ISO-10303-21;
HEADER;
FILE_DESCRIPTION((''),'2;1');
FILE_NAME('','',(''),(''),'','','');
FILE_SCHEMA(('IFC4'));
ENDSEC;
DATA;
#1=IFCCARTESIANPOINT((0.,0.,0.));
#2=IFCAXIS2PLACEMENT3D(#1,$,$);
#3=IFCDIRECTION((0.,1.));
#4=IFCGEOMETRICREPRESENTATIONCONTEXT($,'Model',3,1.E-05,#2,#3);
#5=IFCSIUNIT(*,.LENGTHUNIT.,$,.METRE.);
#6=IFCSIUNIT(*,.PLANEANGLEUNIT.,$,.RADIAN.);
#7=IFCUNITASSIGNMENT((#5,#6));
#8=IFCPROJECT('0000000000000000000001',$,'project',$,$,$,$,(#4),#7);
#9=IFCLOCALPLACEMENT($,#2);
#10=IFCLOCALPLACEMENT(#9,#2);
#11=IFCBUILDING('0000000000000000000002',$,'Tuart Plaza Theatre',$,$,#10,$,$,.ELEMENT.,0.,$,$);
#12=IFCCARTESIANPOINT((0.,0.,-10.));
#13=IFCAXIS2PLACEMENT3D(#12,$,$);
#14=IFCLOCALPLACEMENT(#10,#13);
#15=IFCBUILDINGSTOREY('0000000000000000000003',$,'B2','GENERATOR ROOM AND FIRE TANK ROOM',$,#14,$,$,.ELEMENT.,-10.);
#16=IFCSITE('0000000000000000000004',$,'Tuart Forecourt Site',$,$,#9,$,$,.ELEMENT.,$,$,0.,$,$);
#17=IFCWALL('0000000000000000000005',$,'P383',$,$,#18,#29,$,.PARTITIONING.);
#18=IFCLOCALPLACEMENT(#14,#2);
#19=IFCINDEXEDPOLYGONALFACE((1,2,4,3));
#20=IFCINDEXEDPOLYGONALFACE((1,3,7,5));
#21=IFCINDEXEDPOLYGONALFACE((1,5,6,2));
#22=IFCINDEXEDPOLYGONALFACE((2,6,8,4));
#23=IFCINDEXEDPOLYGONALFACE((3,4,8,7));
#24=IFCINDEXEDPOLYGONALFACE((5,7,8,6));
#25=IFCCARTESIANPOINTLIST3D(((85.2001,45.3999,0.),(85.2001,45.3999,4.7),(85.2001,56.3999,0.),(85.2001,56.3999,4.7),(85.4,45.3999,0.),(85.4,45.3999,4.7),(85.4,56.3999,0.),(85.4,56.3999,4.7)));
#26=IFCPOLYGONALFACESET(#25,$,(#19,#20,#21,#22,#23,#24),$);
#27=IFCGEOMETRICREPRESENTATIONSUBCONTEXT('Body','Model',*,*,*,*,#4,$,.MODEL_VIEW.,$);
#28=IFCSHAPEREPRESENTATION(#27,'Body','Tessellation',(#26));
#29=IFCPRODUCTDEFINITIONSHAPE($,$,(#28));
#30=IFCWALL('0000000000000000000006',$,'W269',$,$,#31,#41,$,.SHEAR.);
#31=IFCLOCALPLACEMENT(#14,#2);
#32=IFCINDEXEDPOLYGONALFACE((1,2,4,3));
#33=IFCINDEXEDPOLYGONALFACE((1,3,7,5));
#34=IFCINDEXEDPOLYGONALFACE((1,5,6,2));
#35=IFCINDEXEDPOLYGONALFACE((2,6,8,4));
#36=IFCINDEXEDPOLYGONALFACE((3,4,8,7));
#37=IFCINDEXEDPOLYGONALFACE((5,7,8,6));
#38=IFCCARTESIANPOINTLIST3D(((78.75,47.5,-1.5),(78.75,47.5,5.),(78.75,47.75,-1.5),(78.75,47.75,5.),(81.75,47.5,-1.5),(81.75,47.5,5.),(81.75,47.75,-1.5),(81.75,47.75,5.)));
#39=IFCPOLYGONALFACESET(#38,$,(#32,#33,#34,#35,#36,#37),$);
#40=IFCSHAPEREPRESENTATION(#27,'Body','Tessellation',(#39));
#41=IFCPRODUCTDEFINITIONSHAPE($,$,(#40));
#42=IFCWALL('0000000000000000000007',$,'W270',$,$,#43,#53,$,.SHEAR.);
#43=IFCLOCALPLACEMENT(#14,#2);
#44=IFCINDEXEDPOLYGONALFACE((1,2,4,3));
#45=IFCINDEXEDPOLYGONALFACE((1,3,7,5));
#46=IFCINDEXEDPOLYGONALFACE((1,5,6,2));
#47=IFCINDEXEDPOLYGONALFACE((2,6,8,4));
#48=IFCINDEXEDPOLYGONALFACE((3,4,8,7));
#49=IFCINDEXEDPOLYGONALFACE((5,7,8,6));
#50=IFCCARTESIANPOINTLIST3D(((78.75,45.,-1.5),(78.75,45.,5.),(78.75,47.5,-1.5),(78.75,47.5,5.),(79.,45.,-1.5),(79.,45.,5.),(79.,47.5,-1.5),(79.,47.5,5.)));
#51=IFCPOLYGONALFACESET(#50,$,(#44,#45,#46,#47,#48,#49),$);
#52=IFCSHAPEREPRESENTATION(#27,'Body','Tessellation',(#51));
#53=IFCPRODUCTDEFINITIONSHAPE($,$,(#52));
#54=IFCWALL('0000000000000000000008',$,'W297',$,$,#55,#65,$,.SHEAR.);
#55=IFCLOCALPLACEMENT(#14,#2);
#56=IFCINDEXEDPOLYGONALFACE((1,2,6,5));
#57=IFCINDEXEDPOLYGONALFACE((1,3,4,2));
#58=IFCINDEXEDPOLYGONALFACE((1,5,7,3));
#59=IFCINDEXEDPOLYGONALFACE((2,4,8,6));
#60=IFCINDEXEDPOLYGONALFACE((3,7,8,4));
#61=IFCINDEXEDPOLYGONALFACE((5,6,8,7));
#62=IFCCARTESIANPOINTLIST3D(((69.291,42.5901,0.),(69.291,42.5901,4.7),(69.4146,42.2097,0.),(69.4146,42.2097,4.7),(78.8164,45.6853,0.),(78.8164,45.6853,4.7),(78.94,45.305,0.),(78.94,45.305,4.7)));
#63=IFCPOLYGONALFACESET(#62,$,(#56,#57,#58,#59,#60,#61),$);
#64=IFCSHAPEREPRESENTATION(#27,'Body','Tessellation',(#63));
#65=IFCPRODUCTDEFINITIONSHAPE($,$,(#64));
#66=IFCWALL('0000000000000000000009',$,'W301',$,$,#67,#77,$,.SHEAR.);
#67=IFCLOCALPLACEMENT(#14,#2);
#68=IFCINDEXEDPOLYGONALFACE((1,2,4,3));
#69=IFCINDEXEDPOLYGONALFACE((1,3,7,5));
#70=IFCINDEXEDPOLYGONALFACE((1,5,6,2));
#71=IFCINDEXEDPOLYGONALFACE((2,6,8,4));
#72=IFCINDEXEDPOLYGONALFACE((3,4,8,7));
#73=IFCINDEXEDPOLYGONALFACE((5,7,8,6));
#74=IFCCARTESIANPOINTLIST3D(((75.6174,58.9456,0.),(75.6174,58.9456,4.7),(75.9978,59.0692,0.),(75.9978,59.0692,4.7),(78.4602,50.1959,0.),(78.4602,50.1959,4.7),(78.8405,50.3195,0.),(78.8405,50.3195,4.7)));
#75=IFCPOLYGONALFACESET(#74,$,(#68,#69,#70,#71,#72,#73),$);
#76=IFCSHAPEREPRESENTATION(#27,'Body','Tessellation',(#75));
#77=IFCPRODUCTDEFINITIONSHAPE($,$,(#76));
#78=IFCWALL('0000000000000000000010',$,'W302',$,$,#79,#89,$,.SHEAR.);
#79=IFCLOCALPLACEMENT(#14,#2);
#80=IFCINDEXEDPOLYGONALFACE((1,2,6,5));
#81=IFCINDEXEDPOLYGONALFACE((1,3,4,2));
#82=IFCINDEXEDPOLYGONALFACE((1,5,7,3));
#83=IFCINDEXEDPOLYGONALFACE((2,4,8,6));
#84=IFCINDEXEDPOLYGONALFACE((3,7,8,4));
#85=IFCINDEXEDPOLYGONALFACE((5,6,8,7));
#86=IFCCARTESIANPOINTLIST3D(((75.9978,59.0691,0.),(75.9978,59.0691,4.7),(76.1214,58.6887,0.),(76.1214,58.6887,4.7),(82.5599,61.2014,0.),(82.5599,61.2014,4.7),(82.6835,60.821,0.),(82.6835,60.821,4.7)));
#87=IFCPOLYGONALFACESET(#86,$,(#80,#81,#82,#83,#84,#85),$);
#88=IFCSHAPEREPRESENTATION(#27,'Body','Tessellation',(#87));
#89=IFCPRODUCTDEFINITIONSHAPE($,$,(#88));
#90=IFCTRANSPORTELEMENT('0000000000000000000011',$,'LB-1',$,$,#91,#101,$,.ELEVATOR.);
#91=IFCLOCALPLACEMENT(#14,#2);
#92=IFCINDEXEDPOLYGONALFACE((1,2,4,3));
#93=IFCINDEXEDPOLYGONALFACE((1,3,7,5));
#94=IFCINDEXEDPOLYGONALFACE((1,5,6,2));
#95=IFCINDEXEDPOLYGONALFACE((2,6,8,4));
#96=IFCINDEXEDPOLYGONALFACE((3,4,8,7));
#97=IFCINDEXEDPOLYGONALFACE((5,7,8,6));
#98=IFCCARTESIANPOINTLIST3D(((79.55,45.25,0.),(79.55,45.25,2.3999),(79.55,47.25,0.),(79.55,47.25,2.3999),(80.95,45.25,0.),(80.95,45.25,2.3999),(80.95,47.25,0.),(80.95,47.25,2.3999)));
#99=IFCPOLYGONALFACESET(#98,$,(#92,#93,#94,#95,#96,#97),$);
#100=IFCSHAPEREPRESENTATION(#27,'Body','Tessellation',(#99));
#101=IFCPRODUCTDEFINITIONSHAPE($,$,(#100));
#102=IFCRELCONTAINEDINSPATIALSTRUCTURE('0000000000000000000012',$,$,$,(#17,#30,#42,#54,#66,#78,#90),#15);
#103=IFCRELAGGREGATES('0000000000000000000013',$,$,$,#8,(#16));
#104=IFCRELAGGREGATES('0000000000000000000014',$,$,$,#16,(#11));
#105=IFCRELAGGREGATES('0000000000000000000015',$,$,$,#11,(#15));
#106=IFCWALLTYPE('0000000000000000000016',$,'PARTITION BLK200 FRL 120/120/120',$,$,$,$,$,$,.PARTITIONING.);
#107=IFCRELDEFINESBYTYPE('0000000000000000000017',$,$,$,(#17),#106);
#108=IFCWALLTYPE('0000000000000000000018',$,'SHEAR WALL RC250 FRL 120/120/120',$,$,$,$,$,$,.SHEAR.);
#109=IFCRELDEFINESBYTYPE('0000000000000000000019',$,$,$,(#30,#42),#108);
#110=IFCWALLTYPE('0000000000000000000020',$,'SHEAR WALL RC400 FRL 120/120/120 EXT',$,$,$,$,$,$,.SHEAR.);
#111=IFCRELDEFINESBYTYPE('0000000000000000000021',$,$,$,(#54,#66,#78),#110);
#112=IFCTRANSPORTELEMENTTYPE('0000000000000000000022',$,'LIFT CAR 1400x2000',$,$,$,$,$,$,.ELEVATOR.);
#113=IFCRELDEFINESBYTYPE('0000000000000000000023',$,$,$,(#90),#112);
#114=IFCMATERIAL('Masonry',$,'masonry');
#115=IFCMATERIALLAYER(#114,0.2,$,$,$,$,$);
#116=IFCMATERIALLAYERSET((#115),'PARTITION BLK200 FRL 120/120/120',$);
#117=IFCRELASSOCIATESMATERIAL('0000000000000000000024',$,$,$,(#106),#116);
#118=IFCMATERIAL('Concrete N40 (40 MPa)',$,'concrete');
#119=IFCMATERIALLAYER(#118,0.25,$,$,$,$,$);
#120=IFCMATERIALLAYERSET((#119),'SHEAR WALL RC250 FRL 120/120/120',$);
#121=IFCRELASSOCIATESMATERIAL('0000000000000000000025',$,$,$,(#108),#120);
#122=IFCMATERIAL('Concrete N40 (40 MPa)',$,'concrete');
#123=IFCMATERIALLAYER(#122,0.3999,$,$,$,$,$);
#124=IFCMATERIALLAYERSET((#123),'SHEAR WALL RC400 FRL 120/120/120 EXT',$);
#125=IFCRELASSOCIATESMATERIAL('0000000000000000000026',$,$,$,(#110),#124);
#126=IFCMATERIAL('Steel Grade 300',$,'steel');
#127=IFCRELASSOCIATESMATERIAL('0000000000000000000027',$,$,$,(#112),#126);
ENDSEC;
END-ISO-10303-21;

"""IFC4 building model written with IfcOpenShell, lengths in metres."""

from ifc_helpers import new_model, si_unit, direction, frame, frame_2d, origin, origin_2d, place, context, subcontext, project, spatial, rectangle, extrude, material, layer, layer_set, type_object, element, save


model = new_model("IFC4")

# Units and contexts
model_context = context("Model", 3, precision=1e-05, world=origin(), true_north=direction((0.0, 1.0)))
body_context = subcontext(model_context, "Body", "Model", "MODEL_VIEW")
ifc_project = project(units=[si_unit("LENGTHUNIT", "METRE"), si_unit("PLANEANGLEUNIT", "RADIAN")], contexts=[model_context])

# Site, building, storey
site_placement = place(None, origin())
site = spatial("IfcSite", under=ifc_project, at=site_placement, Name="Tuart Forecourt Site", CompositionType="ELEMENT", RefElevation=0.0)
building_placement = place(site_placement, origin())
building = spatial("IfcBuilding", under=site, at=building_placement, Name="Tuart Plaza Theatre", CompositionType="ELEMENT", ElevationOfRefHeight=0.0)
storey_placement = place(building_placement, frame((0.0, 0.0, -10.0)))
storey = spatial("IfcBuildingStorey", under=building, at=storey_placement, Name="B2", Description="GENERATOR ROOM AND FIRE TANK ROOM", CompositionType="ELEMENT", Elevation=-10.0)

# Walls
ifc_material_1 = material(Name="Masonry", Category="masonry")
ifc_layer_1 = layer(ifc_material_1, 0.2)
ifc_layer_set_1 = layer_set([ifc_layer_1], Name="PARTITION BLK200 FRL 120/120/120")
wall_type_1 = type_object("IfcWallType", Name="PARTITION BLK200 FRL 120/120/120", PredefinedType="PARTITIONING", material=ifc_layer_set_1)
wall_1_placement = place(storey_placement, frame((85.3, 56.3999, 0.0), z_axis=(0.0, 0.0, 1.0), x_axis=(0.0, -1.0, 0.0)))
element("IfcWall", 1, at=wall_1_placement, inside=storey, type_object=wall_type_1, Name="P383", PredefinedType="PARTITIONING", context=body_context, shape_type="SweptSolid", body=[
    extrude(rectangle(XDim=11.0, YDim=0.2, at=frame_2d((5.5, 0.0))), origin(), (0.0, 0.0, 1.0), 4.7),
])
ifc_material_2 = material(Name="Concrete N40 (40 MPa)", Category="concrete")
ifc_layer_2 = layer(ifc_material_2, 0.25)
ifc_layer_set_2 = layer_set([ifc_layer_2], Name="SHEAR WALL RC250 FRL 120/120/120")
wall_type_2 = type_object("IfcWallType", Name="SHEAR WALL RC250 FRL 120/120/120", PredefinedType="SHEAR", material=ifc_layer_set_2)
wall_2_placement = place(storey_placement, frame((81.75, 47.625, -1.5), z_axis=(0.0, 0.0, 1.0), x_axis=(-1.0, 0.0, 0.0)))
element("IfcWall", 2, at=wall_2_placement, inside=storey, type_object=wall_type_2, Name="W269", PredefinedType="SHEAR", context=body_context, shape_type="SweptSolid", body=[
    extrude(rectangle(XDim=3.0, YDim=0.25, at=frame_2d((1.5, 0.0))), origin(), (0.0, 0.0, 1.0), 6.5),
])
wall_3_placement = place(storey_placement, frame((78.875, 47.5, -1.5), z_axis=(0.0, 0.0, 1.0), x_axis=(0.0, -1.0, 0.0)))
element("IfcWall", 3, at=wall_3_placement, inside=storey, type_object=wall_type_2, Name="W270", PredefinedType="SHEAR", context=body_context, shape_type="SweptSolid", body=[
    extrude(rectangle(XDim=2.5, YDim=0.25, at=frame_2d((1.25, 0.0))), origin(), (0.0, 0.0, 1.0), 6.5),
])
ifc_material_3 = material(Name="Concrete N40 (40 MPa)", Category="concrete")
ifc_layer_3 = layer(ifc_material_3, 0.3999)
ifc_layer_set_3 = layer_set([ifc_layer_3], Name="SHEAR WALL RC400 FRL 120/120/120 EXT")
wall_type_3 = type_object("IfcWallType", Name="SHEAR WALL RC400 FRL 120/120/120 EXT", PredefinedType="SHEAR", material=ifc_layer_set_3)
wall_4_placement = place(storey_placement, frame((78.8782, 45.4951, 0.0), z_axis=(0.0, 0.0, 1.0), x_axis=(-0.95105, -0.309038, 0.0)))
element("IfcWall", 4, at=wall_4_placement, inside=storey, type_object=wall_type_3, Name="W297", PredefinedType="SHEAR", context=body_context, shape_type="SweptSolid", body=[
    extrude(rectangle(XDim=10.0156, YDim=0.3999, at=frame_2d((5.0078, 0.0))), origin(), (0.0, 0.0, 1.0), 4.7),
])
wall_5_placement = place(storey_placement, frame((78.6504, 50.2576, 0.0), z_axis=(0.0, 0.0, 1.0), x_axis=(-0.308998, 0.951063, 0.0)))
element("IfcWall", 5, at=wall_5_placement, inside=storey, type_object=wall_type_3, Name="W301", PredefinedType="SHEAR", context=body_context, shape_type="SweptSolid", body=[
    extrude(rectangle(XDim=9.2, YDim=0.3999, at=frame_2d((4.6001, 0.0))), origin(), (0.0, 0.0, 1.0), 4.7),
])
wall_6_placement = place(storey_placement, frame((76.0596, 58.8789, 0.0), z_axis=(0.0, 0.0, 1.0), x_axis=(0.951051, 0.309032, 0.0)))
element("IfcWall", 6, at=wall_6_placement, inside=storey, type_object=wall_type_3, Name="W302", PredefinedType="SHEAR", context=body_context, shape_type="SweptSolid", body=[
    extrude(rectangle(XDim=6.8999, YDim=0.3999, at=frame_2d((3.45, 0.0))), origin(), (0.0, 0.0, 1.0), 4.7),
])

# Transport element
ifc_material_4 = material(Name="Steel Grade 300", Category="steel")
transport_element_type = type_object("IfcTransportElementType", Name="LIFT CAR 1400x2000", PredefinedType="ELEVATOR", material=ifc_material_4)
transport_element_placement = place(storey_placement, frame((80.25, 46.25, 0.0), z_axis=(0.0, 0.0, 1.0), x_axis=(1.0, 0.0, 0.0)))
element("IfcTransportElement", 7, at=transport_element_placement, inside=storey, type_object=transport_element_type, Name="LB-1", PredefinedType="ELEVATOR", context=body_context, shape_type="SweptSolid", body=[
    extrude(rectangle(XDim=1.3999, YDim=2.0, at=origin_2d()), origin(), (0.0, 0.0, 1.0), 2.3999),
])

save(model, "model.ifc")
